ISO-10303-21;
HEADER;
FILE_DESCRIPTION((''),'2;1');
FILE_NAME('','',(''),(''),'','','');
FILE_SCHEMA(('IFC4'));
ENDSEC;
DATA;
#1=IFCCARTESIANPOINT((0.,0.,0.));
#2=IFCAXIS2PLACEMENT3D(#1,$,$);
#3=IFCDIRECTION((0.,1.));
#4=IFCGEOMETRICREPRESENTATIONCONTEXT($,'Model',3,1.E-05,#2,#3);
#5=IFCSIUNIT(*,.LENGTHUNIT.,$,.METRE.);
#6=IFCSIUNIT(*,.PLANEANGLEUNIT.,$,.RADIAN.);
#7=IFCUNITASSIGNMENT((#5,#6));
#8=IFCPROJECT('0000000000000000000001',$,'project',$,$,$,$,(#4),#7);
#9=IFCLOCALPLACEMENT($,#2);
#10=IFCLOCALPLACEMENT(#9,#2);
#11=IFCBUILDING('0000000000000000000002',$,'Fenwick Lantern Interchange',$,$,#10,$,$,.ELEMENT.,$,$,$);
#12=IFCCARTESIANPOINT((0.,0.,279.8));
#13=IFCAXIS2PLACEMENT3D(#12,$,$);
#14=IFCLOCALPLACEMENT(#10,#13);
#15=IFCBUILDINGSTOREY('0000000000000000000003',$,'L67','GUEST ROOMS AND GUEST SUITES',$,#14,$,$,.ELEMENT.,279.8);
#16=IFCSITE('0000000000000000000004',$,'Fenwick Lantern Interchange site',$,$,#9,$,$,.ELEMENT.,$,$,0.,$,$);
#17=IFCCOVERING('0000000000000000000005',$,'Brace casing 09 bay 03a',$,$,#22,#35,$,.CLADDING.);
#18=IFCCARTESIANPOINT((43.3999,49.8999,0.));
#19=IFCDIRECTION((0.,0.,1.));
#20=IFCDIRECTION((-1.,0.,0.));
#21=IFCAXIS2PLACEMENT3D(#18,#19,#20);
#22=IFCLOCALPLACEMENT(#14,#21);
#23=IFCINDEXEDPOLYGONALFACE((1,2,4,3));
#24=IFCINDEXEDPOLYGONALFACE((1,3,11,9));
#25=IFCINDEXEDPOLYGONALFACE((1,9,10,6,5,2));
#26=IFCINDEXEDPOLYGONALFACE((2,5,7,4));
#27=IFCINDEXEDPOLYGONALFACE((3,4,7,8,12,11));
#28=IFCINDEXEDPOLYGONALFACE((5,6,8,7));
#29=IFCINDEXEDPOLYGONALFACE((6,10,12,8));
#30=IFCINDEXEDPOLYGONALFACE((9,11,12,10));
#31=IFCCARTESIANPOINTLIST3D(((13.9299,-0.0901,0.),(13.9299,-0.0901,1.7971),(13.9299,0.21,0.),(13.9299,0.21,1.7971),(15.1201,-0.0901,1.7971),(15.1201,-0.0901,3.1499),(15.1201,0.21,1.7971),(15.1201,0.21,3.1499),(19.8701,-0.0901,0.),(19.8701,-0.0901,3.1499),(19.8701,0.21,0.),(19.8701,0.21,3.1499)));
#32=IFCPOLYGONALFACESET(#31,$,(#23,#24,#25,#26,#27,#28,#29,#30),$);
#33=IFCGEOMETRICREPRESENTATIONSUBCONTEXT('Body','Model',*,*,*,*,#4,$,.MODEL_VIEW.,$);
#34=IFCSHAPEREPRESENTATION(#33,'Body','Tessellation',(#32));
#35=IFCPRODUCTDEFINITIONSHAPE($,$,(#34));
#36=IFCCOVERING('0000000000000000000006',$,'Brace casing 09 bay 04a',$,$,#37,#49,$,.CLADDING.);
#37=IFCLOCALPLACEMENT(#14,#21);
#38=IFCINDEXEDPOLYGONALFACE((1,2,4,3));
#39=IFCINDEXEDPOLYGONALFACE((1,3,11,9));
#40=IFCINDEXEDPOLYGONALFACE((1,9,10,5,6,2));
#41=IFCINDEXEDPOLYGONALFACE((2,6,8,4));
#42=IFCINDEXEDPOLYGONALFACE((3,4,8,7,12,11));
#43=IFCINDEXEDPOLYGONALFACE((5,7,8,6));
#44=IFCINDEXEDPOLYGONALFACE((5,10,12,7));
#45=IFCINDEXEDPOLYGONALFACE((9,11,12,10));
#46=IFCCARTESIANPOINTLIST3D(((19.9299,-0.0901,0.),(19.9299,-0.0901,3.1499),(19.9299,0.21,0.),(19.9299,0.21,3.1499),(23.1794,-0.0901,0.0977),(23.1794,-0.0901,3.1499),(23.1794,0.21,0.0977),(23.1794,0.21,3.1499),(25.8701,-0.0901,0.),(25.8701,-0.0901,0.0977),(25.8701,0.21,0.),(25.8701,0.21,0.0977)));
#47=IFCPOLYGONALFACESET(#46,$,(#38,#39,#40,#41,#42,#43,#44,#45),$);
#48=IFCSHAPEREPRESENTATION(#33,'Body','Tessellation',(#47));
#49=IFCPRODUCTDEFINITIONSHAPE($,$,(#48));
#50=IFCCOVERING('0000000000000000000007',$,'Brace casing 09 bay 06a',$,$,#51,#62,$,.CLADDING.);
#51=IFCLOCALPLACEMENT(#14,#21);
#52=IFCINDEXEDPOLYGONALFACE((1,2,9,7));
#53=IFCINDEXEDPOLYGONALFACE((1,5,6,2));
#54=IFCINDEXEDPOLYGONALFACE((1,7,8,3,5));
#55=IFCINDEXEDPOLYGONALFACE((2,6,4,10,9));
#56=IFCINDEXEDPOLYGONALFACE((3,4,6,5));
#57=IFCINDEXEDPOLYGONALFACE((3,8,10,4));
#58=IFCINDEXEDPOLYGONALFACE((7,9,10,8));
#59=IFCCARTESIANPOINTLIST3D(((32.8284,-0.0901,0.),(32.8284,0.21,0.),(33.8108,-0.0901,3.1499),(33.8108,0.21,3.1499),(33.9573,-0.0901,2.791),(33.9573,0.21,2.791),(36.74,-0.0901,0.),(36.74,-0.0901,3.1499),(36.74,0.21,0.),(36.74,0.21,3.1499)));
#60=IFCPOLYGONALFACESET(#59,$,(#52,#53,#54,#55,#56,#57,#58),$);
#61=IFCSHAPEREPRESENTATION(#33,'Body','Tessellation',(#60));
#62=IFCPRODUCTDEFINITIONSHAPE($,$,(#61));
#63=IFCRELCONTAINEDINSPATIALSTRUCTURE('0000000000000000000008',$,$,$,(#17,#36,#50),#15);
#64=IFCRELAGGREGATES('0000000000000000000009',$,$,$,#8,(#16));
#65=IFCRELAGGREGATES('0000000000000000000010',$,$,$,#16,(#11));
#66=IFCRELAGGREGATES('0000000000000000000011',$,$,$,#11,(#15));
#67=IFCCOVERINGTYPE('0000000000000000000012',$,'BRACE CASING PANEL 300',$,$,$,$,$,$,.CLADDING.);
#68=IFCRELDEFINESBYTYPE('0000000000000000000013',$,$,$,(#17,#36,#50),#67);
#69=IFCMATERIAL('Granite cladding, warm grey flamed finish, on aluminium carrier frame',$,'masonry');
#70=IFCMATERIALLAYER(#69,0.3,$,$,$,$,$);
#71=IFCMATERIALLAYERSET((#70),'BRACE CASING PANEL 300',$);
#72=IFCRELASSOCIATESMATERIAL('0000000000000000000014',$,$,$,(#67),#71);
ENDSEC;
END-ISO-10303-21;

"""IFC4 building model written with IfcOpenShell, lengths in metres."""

from ifc_helpers import new_model, si_unit, direction, frame, origin, place, context, subcontext, project, spatial, polyline, outline, extrude, material, layer, layer_set, type_object, element, save


model = new_model("IFC4")

# Units and contexts
model_context = context("Model", 3, precision=1e-05, world=origin(), true_north=direction((0.0, 1.0)))
body_context = subcontext(model_context, "Body", "Model", "MODEL_VIEW")
ifc_project = project(units=[si_unit("LENGTHUNIT", "METRE"), si_unit("PLANEANGLEUNIT", "RADIAN")], contexts=[model_context])

# Site, building, storey
site_placement = place(None, origin())
site = spatial("IfcSite", under=ifc_project, at=site_placement, Name="Fenwick Lantern Interchange site", CompositionType="ELEMENT", RefElevation=0.0)
building_placement = place(site_placement, origin())
building = spatial("IfcBuilding", under=site, at=building_placement, Name="Fenwick Lantern Interchange", CompositionType="ELEMENT")
storey_placement = place(building_placement, frame((0.0, 0.0, 279.8)))
storey = spatial("IfcBuildingStorey", under=building, at=storey_placement, Name="L67", Description="GUEST ROOMS AND GUEST SUITES", CompositionType="ELEMENT", Elevation=279.8)

# Coverings
ifc_material_1 = material(Name="Granite cladding, warm grey flamed finish, on aluminium carrier frame", Category="masonry")
ifc_layer_1 = layer(ifc_material_1, 0.3)
ifc_layer_set_1 = layer_set([ifc_layer_1], Name="BRACE CASING PANEL 300")
covering_type = type_object("IfcCoveringType", Name="BRACE CASING PANEL 300", PredefinedType="CLADDING", material=ifc_layer_set_1)
covering_1_placement = place(storey_placement, frame((43.3999, 49.8999, 0.0), z_axis=(0.0, 0.0, 1.0), x_axis=(-1.0, 0.0, 0.0)))
element("IfcCovering", 1, at=covering_1_placement, inside=storey, type_object=covering_type, Name="Brace casing 09 bay 03a", PredefinedType="CLADDING", context=body_context, shape_type="SweptSolid", body=[
    extrude(outline(polyline([(13.9299, 0.0), (19.8701, 0.0), (19.8701, 3.1499), (15.1201, 3.1499), (15.1201, 1.7971), (13.9299, 1.7971), (13.9299, 0.0)])), frame((0.0, 0.21, 0.0), z_axis=(0.0, -1.0, 0.0), x_axis=(1.0, 0.0, 0.0)), (0.0, 0.0, 1.0), 0.3),
])
covering_2_placement = place(storey_placement, frame((43.3999, 49.8999, 0.0), z_axis=(0.0, 0.0, 1.0), x_axis=(-1.0, 0.0, 0.0)))
element("IfcCovering", 2, at=covering_2_placement, inside=storey, type_object=covering_type, Name="Brace casing 09 bay 04a", PredefinedType="CLADDING", context=body_context, shape_type="SweptSolid", body=[
    extrude(outline(polyline([(19.9299, 0.0), (25.8701, 0.0), (25.8701, 0.0977), (23.1794, 0.0977), (23.1794, 3.1499), (19.9299, 3.1499), (19.9299, 0.0)])), frame((0.0, 0.21, 0.0), z_axis=(0.0, -1.0, 0.0), x_axis=(1.0, 0.0, 0.0)), (0.0, 0.0, 1.0), 0.3),
])
covering_3_placement = place(storey_placement, frame((43.3999, 49.8999, 0.0), z_axis=(0.0, 0.0, 1.0), x_axis=(-1.0, 0.0, 0.0)))
element("IfcCovering", 3, at=covering_3_placement, inside=storey, type_object=covering_type, Name="Brace casing 09 bay 06a", PredefinedType="CLADDING", context=body_context, shape_type="SweptSolid", body=[
    extrude(outline(polyline([(32.8284, 0.0), (36.74, 0.0), (36.74, 3.1499), (33.8108, 3.1499), (33.9573, 2.791), (32.8284, 0.0)])), frame((0.0, 0.21, 0.0), z_axis=(0.0, -1.0, 0.0), x_axis=(1.0, 0.0, 0.0)), (0.0, 0.0, 1.0), 0.3),
])

save(model, "model.ifc")
